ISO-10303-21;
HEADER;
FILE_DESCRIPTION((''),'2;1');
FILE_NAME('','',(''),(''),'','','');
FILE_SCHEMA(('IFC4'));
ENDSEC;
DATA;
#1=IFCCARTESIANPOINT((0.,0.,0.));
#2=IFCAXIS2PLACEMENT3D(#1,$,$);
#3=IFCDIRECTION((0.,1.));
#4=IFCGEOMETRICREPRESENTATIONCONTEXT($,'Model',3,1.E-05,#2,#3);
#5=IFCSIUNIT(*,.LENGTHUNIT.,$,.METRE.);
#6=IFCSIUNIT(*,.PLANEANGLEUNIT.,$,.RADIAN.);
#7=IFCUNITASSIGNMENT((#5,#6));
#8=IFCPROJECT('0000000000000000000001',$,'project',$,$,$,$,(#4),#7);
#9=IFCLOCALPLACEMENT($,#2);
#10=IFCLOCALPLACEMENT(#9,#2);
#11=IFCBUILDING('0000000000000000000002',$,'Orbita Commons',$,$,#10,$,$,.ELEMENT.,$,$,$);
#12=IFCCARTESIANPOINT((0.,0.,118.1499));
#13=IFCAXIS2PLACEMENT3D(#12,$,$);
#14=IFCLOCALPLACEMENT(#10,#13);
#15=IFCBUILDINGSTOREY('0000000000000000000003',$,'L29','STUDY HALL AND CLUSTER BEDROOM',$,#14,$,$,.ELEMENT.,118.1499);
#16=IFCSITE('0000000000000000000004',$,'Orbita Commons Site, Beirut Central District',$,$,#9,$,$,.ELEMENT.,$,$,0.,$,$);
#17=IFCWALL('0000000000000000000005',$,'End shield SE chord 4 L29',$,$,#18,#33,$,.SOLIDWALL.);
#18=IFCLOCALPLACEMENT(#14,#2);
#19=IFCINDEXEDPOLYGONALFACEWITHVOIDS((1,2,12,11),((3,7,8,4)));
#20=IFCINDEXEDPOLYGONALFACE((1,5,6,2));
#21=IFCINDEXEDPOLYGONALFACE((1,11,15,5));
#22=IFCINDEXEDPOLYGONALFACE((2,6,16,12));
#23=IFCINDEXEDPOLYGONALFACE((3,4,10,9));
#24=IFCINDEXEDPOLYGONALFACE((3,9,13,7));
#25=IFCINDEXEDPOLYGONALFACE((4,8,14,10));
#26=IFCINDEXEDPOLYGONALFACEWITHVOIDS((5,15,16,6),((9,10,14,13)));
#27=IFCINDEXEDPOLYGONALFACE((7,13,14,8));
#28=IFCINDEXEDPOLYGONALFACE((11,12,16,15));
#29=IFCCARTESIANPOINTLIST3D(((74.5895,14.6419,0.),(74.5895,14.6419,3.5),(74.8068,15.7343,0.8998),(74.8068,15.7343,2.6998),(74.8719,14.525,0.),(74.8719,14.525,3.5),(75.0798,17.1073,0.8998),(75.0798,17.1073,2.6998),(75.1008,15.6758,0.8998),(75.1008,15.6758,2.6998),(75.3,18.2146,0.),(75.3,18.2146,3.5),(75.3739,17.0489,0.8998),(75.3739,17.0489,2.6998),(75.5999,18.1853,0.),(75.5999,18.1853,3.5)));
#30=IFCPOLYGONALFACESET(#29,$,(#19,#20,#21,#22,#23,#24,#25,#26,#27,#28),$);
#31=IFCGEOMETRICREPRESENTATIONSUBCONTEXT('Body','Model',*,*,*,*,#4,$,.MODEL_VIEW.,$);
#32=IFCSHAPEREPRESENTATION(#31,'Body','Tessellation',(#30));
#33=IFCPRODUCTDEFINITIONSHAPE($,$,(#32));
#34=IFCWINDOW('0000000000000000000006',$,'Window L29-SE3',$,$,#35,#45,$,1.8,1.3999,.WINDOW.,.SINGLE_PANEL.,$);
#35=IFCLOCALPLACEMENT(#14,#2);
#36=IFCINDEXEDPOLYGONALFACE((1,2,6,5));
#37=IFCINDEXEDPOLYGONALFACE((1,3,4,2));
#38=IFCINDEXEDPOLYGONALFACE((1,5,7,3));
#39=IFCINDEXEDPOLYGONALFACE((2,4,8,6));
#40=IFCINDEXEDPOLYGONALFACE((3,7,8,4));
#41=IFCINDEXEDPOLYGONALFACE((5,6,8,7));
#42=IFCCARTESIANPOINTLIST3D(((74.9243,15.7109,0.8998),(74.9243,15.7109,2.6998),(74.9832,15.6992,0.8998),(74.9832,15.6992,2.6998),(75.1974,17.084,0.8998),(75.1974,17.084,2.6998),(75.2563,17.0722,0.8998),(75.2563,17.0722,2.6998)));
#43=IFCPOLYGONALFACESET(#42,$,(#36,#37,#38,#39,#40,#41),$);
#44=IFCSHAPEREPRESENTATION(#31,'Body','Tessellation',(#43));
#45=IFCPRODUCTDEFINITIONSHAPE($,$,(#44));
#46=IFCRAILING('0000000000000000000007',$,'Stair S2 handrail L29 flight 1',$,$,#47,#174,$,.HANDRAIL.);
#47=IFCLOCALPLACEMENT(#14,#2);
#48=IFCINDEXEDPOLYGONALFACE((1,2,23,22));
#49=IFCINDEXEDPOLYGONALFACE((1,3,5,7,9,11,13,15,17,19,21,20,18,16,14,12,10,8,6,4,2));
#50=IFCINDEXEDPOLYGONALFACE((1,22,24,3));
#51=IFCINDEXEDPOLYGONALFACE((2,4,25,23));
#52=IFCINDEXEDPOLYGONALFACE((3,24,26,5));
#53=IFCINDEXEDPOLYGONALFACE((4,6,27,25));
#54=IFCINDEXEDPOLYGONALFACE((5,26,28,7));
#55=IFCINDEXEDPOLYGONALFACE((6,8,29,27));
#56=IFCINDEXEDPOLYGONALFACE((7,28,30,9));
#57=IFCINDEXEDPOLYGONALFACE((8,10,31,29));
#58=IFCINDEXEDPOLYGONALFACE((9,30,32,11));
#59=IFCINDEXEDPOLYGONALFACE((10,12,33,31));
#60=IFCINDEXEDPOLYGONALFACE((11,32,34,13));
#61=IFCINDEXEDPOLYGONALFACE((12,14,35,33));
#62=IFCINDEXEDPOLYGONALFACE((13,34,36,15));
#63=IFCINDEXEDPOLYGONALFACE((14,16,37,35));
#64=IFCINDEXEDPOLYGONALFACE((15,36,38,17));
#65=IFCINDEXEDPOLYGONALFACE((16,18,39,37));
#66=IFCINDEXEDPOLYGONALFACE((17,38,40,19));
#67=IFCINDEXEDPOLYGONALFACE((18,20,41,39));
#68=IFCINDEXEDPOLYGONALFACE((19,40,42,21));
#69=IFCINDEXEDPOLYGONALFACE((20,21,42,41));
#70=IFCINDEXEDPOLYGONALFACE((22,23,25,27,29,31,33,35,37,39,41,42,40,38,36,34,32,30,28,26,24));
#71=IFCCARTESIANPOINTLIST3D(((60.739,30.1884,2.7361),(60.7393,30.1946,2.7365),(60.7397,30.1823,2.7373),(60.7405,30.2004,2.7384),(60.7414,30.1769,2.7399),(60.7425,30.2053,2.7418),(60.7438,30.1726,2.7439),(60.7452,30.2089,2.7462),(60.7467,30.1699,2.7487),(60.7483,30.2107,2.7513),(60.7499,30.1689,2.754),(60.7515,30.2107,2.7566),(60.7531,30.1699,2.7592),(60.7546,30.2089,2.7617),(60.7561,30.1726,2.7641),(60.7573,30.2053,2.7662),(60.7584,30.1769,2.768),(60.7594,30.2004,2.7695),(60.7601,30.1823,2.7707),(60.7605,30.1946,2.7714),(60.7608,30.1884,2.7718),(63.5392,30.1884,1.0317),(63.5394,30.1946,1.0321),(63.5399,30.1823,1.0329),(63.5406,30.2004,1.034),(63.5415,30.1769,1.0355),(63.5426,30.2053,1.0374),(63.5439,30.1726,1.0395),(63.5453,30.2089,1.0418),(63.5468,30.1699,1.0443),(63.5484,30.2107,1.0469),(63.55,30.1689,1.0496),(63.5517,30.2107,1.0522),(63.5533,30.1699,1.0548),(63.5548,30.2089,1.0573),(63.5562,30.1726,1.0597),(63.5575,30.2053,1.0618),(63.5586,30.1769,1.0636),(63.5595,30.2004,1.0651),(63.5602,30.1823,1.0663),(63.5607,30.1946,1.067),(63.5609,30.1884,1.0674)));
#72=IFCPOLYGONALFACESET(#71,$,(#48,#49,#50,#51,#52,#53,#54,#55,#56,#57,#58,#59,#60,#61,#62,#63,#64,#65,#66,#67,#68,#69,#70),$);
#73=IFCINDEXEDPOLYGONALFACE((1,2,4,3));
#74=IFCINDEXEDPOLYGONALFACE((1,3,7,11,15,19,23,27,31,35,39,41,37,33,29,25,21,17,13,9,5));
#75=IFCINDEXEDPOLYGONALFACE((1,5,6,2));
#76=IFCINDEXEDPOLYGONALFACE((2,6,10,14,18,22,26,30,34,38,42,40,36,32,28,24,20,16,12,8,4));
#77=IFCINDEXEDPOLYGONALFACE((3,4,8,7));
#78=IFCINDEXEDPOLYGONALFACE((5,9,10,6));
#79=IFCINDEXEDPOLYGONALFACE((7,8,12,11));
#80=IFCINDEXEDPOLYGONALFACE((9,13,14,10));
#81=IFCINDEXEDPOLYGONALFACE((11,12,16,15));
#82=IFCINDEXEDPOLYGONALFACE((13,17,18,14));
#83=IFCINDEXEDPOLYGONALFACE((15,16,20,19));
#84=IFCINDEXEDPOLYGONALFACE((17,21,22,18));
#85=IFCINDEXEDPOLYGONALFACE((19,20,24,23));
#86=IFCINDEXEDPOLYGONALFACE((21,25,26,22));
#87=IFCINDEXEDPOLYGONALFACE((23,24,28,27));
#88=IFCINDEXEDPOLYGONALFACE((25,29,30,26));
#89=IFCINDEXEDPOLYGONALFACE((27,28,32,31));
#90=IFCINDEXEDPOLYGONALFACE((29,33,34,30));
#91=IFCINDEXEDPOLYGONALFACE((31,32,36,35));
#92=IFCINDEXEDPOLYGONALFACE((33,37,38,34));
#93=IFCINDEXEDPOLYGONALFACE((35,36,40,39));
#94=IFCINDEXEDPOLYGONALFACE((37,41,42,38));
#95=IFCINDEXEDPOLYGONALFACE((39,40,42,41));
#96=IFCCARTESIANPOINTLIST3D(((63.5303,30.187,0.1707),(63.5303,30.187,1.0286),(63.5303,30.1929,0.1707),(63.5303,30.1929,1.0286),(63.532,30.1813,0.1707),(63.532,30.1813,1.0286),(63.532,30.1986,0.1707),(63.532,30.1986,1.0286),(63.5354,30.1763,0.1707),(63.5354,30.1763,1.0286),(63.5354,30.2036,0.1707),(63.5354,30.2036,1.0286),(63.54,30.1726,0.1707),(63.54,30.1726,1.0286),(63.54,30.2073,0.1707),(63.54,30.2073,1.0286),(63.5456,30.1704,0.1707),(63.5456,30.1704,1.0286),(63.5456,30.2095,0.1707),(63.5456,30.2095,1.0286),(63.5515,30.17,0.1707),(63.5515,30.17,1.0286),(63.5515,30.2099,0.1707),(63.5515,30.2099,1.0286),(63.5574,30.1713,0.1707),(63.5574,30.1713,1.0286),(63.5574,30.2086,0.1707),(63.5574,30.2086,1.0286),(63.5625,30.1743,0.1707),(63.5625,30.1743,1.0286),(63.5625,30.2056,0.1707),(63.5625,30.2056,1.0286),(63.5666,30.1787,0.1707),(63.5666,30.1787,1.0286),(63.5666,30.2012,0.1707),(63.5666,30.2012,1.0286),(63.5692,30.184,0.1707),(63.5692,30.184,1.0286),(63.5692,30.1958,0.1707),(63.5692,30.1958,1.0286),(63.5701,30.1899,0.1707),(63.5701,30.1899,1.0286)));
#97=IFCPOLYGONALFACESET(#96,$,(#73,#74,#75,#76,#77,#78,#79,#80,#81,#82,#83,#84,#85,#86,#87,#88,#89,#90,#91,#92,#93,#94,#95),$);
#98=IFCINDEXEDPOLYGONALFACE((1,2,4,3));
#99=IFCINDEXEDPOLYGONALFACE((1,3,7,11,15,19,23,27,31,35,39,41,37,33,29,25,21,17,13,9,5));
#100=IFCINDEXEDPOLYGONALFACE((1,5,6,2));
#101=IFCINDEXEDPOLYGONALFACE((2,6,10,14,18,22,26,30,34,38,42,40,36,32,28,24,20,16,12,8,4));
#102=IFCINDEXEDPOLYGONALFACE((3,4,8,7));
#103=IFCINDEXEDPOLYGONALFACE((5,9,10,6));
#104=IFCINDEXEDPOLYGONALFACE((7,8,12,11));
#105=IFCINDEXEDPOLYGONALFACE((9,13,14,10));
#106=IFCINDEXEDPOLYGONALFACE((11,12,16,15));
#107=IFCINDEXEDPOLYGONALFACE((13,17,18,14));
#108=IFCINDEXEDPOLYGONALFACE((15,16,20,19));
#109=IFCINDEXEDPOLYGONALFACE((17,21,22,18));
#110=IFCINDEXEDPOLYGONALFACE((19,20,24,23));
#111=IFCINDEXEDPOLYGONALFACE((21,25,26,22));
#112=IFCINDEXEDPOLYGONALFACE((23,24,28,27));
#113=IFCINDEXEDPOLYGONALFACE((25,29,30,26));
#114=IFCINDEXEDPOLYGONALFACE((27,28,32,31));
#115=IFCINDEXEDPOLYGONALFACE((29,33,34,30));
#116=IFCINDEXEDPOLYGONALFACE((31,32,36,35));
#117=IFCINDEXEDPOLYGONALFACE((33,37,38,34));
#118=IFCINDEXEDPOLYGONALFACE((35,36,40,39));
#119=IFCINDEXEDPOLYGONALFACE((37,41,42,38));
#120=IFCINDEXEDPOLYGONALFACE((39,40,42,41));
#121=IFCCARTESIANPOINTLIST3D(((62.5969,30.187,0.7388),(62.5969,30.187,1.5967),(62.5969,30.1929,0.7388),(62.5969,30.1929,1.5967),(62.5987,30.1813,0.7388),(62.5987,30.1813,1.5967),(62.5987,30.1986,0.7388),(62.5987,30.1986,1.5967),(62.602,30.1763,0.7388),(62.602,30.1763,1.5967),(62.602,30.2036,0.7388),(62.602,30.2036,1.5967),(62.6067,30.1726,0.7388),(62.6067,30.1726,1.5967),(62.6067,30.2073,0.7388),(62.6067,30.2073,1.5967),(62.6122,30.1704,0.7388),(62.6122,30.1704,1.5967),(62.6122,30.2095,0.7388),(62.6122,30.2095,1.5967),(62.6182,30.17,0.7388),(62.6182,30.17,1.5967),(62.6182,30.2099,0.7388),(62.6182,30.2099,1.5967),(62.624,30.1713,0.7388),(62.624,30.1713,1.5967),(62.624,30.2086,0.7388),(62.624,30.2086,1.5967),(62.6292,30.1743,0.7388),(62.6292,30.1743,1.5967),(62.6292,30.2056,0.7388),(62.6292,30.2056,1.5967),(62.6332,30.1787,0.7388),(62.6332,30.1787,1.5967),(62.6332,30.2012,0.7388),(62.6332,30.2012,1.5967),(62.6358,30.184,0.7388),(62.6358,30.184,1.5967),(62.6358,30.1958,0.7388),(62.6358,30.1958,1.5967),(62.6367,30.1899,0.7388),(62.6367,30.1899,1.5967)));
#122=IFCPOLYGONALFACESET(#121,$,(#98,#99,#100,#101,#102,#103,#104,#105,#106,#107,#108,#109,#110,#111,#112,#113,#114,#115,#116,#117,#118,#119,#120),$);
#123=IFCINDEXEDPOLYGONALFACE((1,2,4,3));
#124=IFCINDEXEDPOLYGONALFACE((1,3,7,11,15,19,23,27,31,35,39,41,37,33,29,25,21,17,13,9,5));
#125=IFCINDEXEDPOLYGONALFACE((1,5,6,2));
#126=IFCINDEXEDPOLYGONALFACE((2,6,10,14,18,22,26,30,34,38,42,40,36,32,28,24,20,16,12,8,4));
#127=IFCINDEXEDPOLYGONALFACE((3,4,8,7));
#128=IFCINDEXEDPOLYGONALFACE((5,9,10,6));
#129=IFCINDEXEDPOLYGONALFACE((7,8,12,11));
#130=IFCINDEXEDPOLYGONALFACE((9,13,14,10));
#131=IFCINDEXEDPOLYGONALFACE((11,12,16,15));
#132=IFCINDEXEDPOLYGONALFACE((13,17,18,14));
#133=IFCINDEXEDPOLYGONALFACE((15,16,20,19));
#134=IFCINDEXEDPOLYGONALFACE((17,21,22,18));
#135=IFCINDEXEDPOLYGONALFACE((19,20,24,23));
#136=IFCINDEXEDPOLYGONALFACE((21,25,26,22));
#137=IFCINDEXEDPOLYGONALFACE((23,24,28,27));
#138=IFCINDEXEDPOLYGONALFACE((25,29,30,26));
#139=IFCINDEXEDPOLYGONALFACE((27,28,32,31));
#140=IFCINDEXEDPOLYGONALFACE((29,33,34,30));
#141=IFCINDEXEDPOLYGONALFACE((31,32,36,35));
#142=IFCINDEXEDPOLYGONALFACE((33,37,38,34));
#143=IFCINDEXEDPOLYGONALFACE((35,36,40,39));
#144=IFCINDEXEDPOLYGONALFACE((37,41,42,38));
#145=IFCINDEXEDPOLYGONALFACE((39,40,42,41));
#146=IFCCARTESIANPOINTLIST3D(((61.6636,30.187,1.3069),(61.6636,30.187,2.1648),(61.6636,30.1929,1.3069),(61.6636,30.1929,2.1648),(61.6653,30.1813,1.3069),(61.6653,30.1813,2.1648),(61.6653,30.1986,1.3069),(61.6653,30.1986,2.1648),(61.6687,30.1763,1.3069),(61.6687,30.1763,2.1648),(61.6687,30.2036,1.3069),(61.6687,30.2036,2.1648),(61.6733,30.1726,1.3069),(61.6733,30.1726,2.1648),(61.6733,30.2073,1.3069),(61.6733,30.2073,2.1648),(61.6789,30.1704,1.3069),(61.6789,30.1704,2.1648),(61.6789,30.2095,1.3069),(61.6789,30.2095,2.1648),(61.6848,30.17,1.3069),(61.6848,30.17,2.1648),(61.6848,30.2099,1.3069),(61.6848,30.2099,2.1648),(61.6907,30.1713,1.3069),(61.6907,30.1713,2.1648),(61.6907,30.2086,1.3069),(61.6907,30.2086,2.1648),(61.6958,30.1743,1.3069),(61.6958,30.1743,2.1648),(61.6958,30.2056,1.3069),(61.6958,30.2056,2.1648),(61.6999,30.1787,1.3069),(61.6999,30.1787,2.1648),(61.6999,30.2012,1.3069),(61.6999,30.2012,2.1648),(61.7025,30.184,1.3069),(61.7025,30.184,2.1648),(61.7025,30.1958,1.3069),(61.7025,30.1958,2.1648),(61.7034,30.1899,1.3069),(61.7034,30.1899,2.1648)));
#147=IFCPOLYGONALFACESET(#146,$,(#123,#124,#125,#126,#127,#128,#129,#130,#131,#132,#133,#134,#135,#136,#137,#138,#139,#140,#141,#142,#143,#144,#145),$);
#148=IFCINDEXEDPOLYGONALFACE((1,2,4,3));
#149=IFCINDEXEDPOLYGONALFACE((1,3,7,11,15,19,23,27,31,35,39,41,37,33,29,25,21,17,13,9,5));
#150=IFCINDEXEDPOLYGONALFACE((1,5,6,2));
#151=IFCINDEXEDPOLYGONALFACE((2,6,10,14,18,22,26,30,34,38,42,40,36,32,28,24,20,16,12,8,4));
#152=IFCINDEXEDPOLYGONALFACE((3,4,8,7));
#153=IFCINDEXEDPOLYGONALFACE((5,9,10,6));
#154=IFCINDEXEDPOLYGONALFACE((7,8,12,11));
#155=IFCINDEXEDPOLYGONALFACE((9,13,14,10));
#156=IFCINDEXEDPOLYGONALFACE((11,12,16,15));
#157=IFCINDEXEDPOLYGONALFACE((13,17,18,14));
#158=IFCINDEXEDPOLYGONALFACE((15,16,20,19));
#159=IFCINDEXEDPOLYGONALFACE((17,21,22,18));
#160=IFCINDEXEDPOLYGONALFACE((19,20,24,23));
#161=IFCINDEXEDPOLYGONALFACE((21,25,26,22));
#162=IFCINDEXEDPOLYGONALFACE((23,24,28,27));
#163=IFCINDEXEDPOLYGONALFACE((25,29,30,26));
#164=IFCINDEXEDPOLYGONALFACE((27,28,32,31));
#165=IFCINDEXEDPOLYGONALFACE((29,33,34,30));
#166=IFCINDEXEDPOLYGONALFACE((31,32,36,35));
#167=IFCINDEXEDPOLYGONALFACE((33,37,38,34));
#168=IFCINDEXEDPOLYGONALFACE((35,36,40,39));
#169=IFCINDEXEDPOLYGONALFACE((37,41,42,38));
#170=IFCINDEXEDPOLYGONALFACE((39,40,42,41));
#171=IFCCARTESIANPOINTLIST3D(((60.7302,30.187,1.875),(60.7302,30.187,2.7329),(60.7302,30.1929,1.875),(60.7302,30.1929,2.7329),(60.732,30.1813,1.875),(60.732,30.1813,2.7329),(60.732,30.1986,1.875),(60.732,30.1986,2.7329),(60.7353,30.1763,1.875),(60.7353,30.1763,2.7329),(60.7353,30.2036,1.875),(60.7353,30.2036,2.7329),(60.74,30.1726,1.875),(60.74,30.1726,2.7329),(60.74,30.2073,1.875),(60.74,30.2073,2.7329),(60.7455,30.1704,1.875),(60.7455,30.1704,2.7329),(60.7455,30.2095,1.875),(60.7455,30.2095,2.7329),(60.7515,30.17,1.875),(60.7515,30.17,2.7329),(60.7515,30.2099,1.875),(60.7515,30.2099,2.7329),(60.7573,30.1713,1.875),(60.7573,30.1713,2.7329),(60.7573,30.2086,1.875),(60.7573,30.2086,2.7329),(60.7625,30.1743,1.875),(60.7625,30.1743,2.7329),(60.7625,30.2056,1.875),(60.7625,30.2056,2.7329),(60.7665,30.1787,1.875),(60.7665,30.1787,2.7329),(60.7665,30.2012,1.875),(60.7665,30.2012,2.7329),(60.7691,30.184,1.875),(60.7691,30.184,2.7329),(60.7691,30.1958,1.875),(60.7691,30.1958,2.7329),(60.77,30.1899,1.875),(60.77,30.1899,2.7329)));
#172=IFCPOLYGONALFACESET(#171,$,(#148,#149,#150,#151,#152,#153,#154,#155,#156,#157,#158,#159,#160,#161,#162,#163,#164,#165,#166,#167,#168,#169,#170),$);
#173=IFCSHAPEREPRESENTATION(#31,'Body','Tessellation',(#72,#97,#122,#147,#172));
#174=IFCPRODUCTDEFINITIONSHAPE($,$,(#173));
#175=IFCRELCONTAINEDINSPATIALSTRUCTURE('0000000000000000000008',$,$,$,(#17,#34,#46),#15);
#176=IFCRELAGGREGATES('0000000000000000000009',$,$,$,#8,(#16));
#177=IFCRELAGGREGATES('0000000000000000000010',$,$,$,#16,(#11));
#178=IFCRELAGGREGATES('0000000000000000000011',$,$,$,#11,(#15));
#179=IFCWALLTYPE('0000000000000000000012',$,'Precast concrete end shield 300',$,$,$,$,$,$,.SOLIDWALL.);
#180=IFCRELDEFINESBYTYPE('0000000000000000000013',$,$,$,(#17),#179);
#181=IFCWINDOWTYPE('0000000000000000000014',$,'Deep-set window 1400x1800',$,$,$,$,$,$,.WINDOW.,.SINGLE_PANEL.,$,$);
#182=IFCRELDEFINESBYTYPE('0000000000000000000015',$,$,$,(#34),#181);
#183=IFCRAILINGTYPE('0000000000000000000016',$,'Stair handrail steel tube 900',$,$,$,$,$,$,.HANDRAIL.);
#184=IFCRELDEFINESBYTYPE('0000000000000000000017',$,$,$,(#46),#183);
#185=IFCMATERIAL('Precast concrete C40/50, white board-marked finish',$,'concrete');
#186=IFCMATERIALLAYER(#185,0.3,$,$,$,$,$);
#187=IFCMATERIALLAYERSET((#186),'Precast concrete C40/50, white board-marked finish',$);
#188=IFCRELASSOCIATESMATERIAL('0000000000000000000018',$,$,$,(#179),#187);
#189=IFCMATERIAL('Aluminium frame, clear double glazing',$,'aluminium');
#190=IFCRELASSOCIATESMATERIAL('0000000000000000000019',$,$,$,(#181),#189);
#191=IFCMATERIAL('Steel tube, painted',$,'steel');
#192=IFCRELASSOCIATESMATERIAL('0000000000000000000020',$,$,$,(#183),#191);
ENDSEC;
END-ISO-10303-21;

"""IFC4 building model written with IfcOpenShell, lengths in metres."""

from ifc_helpers import new_model, si_unit, direction, frame, frame_2d, origin, origin_2d, place, context, subcontext, project, spatial, polyline, rectangle, circle, outline, extrude, material, layer, layer_set, type_object, element, fill, save


model = new_model("IFC4")

# Units and contexts
model_context = context("Model", 3, precision=1e-05, world=origin(), true_north=direction((0.0, 1.0)))
body_context = subcontext(model_context, "Body", "Model", "MODEL_VIEW")
ifc_project = project(units=[si_unit("LENGTHUNIT", "METRE"), si_unit("PLANEANGLEUNIT", "RADIAN")], contexts=[model_context])

# Site, building, storey
site_placement = place(None, origin())
site = spatial("IfcSite", under=ifc_project, at=site_placement, Name="Orbita Commons Site, Beirut Central District", CompositionType="ELEMENT", RefElevation=0.0)
building_placement = place(site_placement, origin())
building = spatial("IfcBuilding", under=site, at=building_placement, Name="Orbita Commons", CompositionType="ELEMENT")
storey_placement = place(building_placement, frame((0.0, 0.0, 118.1499)))
storey = spatial("IfcBuildingStorey", under=building, at=storey_placement, Name="L29", Description="STUDY HALL AND CLUSTER BEDROOM", CompositionType="ELEMENT", Elevation=118.1499)

# Shared definitions
ifc_material_1 = material(Name="Precast concrete C40/50, white board-marked finish", Category="concrete")
ifc_layer_1 = layer(ifc_material_1, 0.3)
ifc_layer_set_1 = layer_set([ifc_layer_1], Name="Precast concrete C40/50, white board-marked finish")
wall_type_1 = type_object("IfcWallType", Name="Precast concrete end shield 300", PredefinedType="SOLIDWALL", material=ifc_layer_set_1)

# Wall, opening, window
ifc_material_2 = material(Name="Aluminium frame, clear double glazing", Category="aluminium")
window_type_1 = type_object("IfcWindowType", Name="Deep-set window 1400x1800", PartitioningType="SINGLE_PANEL", PredefinedType="WINDOW", material=ifc_material_2)
wall_1_placement = place(storey_placement, frame((74.7307, 14.5835, 0.0), z_axis=(0.0, 0.0, 1.0), x_axis=(0.195059, 0.980791, 0.0)))
wall_1 = element("IfcWall", 1, at=wall_1_placement, inside=storey, type_object=wall_type_1, Name="End shield SE chord 4 L29", PredefinedType="SOLIDWALL", context=body_context, shape_type="SweptSolid", body=[
    extrude(outline(polyline([(-0.0298, -0.1499), (3.7021, -0.1499), (3.6724, 0.1499), (0.0298, 0.1499), (-0.0298, -0.1499)])), origin(), (0.0, 0.0, 1.0), 3.5),
])
opening_1_placement = place(wall_1_placement, frame((1.1436, 0.0, 0.8999)))
opening_1 = element("IfcOpeningElement", 2, at=opening_1_placement, cuts=wall_1, PredefinedType="OPENING", context=body_context, shape_type="SweptSolid", body=[
    extrude(rectangle(XDim=1.3999, YDim=1.8, at=frame_2d((0.7, 0.8999))), frame((0.0, 0.1599, 0.0), z_axis=(0.0, -1.0, 0.0), x_axis=(1.0, 0.0, 0.0)), (0.0, 0.0, 1.0), 0.3201),
])
window_1_placement = place(opening_1_placement, origin())
window_1 = element("IfcWindow", 3, at=window_1_placement, inside=storey, type_object=window_type_1, Name="Window L29-SE3", OverallHeight=1.8, OverallWidth=1.3999, PartitioningType="SINGLE_PANEL", PredefinedType="WINDOW", context=body_context, shape_type="SweptSolid", body=[
    extrude(rectangle(XDim=1.3999, YDim=1.8, at=frame_2d((0.7, 0.8999))), frame((0.0, 0.03, 0.0), z_axis=(0.0, -1.0, 0.0), x_axis=(1.0, 0.0, 0.0)), (0.0, 0.0, 1.0), 0.0601),
])
fill(opening_1, window_1)

# Railing
ifc_material_3 = material(Name="Steel tube, painted", Category="steel")
railing_type = type_object("IfcRailingType", Name="Stair handrail steel tube 900", PredefinedType="HANDRAIL", material=ifc_material_3)
railing_placement = place(storey_placement, frame((63.55, 30.1899, 0.1707)))
element("IfcRailing", 4, at=railing_placement, inside=storey, type_object=railing_type, Name="Stair S2 handrail L29 flight 1", PredefinedType="HANDRAIL", context=body_context, shape_type="SweptSolid", body=[
    extrude(circle(Radius=0.021, at=origin_2d()), frame((0.0, 0.0, 0.8789), z_axis=(-0.854203, 0.0, 0.51994), x_axis=(0.0, -1.0, 0.0)), (0.0, 0.0, 1.0), 3.2781),
    extrude(circle(Radius=0.02, at=origin_2d()), origin(), (0.0, 0.0, 1.0), 0.8579),
    extrude(circle(Radius=0.02, at=origin_2d()), frame((-0.9333, 0.0, 0.5681)), (0.0, 0.0, 1.0), 0.8579),
    extrude(circle(Radius=0.02, at=origin_2d()), frame((-1.8667, 0.0, 1.1362)), (0.0, 0.0, 1.0), 0.8579),
    extrude(circle(Radius=0.02, at=origin_2d()), frame((-2.8, 0.0, 1.7043)), (0.0, 0.0, 1.0), 0.8579),
])

save(model, "model.ifc")
